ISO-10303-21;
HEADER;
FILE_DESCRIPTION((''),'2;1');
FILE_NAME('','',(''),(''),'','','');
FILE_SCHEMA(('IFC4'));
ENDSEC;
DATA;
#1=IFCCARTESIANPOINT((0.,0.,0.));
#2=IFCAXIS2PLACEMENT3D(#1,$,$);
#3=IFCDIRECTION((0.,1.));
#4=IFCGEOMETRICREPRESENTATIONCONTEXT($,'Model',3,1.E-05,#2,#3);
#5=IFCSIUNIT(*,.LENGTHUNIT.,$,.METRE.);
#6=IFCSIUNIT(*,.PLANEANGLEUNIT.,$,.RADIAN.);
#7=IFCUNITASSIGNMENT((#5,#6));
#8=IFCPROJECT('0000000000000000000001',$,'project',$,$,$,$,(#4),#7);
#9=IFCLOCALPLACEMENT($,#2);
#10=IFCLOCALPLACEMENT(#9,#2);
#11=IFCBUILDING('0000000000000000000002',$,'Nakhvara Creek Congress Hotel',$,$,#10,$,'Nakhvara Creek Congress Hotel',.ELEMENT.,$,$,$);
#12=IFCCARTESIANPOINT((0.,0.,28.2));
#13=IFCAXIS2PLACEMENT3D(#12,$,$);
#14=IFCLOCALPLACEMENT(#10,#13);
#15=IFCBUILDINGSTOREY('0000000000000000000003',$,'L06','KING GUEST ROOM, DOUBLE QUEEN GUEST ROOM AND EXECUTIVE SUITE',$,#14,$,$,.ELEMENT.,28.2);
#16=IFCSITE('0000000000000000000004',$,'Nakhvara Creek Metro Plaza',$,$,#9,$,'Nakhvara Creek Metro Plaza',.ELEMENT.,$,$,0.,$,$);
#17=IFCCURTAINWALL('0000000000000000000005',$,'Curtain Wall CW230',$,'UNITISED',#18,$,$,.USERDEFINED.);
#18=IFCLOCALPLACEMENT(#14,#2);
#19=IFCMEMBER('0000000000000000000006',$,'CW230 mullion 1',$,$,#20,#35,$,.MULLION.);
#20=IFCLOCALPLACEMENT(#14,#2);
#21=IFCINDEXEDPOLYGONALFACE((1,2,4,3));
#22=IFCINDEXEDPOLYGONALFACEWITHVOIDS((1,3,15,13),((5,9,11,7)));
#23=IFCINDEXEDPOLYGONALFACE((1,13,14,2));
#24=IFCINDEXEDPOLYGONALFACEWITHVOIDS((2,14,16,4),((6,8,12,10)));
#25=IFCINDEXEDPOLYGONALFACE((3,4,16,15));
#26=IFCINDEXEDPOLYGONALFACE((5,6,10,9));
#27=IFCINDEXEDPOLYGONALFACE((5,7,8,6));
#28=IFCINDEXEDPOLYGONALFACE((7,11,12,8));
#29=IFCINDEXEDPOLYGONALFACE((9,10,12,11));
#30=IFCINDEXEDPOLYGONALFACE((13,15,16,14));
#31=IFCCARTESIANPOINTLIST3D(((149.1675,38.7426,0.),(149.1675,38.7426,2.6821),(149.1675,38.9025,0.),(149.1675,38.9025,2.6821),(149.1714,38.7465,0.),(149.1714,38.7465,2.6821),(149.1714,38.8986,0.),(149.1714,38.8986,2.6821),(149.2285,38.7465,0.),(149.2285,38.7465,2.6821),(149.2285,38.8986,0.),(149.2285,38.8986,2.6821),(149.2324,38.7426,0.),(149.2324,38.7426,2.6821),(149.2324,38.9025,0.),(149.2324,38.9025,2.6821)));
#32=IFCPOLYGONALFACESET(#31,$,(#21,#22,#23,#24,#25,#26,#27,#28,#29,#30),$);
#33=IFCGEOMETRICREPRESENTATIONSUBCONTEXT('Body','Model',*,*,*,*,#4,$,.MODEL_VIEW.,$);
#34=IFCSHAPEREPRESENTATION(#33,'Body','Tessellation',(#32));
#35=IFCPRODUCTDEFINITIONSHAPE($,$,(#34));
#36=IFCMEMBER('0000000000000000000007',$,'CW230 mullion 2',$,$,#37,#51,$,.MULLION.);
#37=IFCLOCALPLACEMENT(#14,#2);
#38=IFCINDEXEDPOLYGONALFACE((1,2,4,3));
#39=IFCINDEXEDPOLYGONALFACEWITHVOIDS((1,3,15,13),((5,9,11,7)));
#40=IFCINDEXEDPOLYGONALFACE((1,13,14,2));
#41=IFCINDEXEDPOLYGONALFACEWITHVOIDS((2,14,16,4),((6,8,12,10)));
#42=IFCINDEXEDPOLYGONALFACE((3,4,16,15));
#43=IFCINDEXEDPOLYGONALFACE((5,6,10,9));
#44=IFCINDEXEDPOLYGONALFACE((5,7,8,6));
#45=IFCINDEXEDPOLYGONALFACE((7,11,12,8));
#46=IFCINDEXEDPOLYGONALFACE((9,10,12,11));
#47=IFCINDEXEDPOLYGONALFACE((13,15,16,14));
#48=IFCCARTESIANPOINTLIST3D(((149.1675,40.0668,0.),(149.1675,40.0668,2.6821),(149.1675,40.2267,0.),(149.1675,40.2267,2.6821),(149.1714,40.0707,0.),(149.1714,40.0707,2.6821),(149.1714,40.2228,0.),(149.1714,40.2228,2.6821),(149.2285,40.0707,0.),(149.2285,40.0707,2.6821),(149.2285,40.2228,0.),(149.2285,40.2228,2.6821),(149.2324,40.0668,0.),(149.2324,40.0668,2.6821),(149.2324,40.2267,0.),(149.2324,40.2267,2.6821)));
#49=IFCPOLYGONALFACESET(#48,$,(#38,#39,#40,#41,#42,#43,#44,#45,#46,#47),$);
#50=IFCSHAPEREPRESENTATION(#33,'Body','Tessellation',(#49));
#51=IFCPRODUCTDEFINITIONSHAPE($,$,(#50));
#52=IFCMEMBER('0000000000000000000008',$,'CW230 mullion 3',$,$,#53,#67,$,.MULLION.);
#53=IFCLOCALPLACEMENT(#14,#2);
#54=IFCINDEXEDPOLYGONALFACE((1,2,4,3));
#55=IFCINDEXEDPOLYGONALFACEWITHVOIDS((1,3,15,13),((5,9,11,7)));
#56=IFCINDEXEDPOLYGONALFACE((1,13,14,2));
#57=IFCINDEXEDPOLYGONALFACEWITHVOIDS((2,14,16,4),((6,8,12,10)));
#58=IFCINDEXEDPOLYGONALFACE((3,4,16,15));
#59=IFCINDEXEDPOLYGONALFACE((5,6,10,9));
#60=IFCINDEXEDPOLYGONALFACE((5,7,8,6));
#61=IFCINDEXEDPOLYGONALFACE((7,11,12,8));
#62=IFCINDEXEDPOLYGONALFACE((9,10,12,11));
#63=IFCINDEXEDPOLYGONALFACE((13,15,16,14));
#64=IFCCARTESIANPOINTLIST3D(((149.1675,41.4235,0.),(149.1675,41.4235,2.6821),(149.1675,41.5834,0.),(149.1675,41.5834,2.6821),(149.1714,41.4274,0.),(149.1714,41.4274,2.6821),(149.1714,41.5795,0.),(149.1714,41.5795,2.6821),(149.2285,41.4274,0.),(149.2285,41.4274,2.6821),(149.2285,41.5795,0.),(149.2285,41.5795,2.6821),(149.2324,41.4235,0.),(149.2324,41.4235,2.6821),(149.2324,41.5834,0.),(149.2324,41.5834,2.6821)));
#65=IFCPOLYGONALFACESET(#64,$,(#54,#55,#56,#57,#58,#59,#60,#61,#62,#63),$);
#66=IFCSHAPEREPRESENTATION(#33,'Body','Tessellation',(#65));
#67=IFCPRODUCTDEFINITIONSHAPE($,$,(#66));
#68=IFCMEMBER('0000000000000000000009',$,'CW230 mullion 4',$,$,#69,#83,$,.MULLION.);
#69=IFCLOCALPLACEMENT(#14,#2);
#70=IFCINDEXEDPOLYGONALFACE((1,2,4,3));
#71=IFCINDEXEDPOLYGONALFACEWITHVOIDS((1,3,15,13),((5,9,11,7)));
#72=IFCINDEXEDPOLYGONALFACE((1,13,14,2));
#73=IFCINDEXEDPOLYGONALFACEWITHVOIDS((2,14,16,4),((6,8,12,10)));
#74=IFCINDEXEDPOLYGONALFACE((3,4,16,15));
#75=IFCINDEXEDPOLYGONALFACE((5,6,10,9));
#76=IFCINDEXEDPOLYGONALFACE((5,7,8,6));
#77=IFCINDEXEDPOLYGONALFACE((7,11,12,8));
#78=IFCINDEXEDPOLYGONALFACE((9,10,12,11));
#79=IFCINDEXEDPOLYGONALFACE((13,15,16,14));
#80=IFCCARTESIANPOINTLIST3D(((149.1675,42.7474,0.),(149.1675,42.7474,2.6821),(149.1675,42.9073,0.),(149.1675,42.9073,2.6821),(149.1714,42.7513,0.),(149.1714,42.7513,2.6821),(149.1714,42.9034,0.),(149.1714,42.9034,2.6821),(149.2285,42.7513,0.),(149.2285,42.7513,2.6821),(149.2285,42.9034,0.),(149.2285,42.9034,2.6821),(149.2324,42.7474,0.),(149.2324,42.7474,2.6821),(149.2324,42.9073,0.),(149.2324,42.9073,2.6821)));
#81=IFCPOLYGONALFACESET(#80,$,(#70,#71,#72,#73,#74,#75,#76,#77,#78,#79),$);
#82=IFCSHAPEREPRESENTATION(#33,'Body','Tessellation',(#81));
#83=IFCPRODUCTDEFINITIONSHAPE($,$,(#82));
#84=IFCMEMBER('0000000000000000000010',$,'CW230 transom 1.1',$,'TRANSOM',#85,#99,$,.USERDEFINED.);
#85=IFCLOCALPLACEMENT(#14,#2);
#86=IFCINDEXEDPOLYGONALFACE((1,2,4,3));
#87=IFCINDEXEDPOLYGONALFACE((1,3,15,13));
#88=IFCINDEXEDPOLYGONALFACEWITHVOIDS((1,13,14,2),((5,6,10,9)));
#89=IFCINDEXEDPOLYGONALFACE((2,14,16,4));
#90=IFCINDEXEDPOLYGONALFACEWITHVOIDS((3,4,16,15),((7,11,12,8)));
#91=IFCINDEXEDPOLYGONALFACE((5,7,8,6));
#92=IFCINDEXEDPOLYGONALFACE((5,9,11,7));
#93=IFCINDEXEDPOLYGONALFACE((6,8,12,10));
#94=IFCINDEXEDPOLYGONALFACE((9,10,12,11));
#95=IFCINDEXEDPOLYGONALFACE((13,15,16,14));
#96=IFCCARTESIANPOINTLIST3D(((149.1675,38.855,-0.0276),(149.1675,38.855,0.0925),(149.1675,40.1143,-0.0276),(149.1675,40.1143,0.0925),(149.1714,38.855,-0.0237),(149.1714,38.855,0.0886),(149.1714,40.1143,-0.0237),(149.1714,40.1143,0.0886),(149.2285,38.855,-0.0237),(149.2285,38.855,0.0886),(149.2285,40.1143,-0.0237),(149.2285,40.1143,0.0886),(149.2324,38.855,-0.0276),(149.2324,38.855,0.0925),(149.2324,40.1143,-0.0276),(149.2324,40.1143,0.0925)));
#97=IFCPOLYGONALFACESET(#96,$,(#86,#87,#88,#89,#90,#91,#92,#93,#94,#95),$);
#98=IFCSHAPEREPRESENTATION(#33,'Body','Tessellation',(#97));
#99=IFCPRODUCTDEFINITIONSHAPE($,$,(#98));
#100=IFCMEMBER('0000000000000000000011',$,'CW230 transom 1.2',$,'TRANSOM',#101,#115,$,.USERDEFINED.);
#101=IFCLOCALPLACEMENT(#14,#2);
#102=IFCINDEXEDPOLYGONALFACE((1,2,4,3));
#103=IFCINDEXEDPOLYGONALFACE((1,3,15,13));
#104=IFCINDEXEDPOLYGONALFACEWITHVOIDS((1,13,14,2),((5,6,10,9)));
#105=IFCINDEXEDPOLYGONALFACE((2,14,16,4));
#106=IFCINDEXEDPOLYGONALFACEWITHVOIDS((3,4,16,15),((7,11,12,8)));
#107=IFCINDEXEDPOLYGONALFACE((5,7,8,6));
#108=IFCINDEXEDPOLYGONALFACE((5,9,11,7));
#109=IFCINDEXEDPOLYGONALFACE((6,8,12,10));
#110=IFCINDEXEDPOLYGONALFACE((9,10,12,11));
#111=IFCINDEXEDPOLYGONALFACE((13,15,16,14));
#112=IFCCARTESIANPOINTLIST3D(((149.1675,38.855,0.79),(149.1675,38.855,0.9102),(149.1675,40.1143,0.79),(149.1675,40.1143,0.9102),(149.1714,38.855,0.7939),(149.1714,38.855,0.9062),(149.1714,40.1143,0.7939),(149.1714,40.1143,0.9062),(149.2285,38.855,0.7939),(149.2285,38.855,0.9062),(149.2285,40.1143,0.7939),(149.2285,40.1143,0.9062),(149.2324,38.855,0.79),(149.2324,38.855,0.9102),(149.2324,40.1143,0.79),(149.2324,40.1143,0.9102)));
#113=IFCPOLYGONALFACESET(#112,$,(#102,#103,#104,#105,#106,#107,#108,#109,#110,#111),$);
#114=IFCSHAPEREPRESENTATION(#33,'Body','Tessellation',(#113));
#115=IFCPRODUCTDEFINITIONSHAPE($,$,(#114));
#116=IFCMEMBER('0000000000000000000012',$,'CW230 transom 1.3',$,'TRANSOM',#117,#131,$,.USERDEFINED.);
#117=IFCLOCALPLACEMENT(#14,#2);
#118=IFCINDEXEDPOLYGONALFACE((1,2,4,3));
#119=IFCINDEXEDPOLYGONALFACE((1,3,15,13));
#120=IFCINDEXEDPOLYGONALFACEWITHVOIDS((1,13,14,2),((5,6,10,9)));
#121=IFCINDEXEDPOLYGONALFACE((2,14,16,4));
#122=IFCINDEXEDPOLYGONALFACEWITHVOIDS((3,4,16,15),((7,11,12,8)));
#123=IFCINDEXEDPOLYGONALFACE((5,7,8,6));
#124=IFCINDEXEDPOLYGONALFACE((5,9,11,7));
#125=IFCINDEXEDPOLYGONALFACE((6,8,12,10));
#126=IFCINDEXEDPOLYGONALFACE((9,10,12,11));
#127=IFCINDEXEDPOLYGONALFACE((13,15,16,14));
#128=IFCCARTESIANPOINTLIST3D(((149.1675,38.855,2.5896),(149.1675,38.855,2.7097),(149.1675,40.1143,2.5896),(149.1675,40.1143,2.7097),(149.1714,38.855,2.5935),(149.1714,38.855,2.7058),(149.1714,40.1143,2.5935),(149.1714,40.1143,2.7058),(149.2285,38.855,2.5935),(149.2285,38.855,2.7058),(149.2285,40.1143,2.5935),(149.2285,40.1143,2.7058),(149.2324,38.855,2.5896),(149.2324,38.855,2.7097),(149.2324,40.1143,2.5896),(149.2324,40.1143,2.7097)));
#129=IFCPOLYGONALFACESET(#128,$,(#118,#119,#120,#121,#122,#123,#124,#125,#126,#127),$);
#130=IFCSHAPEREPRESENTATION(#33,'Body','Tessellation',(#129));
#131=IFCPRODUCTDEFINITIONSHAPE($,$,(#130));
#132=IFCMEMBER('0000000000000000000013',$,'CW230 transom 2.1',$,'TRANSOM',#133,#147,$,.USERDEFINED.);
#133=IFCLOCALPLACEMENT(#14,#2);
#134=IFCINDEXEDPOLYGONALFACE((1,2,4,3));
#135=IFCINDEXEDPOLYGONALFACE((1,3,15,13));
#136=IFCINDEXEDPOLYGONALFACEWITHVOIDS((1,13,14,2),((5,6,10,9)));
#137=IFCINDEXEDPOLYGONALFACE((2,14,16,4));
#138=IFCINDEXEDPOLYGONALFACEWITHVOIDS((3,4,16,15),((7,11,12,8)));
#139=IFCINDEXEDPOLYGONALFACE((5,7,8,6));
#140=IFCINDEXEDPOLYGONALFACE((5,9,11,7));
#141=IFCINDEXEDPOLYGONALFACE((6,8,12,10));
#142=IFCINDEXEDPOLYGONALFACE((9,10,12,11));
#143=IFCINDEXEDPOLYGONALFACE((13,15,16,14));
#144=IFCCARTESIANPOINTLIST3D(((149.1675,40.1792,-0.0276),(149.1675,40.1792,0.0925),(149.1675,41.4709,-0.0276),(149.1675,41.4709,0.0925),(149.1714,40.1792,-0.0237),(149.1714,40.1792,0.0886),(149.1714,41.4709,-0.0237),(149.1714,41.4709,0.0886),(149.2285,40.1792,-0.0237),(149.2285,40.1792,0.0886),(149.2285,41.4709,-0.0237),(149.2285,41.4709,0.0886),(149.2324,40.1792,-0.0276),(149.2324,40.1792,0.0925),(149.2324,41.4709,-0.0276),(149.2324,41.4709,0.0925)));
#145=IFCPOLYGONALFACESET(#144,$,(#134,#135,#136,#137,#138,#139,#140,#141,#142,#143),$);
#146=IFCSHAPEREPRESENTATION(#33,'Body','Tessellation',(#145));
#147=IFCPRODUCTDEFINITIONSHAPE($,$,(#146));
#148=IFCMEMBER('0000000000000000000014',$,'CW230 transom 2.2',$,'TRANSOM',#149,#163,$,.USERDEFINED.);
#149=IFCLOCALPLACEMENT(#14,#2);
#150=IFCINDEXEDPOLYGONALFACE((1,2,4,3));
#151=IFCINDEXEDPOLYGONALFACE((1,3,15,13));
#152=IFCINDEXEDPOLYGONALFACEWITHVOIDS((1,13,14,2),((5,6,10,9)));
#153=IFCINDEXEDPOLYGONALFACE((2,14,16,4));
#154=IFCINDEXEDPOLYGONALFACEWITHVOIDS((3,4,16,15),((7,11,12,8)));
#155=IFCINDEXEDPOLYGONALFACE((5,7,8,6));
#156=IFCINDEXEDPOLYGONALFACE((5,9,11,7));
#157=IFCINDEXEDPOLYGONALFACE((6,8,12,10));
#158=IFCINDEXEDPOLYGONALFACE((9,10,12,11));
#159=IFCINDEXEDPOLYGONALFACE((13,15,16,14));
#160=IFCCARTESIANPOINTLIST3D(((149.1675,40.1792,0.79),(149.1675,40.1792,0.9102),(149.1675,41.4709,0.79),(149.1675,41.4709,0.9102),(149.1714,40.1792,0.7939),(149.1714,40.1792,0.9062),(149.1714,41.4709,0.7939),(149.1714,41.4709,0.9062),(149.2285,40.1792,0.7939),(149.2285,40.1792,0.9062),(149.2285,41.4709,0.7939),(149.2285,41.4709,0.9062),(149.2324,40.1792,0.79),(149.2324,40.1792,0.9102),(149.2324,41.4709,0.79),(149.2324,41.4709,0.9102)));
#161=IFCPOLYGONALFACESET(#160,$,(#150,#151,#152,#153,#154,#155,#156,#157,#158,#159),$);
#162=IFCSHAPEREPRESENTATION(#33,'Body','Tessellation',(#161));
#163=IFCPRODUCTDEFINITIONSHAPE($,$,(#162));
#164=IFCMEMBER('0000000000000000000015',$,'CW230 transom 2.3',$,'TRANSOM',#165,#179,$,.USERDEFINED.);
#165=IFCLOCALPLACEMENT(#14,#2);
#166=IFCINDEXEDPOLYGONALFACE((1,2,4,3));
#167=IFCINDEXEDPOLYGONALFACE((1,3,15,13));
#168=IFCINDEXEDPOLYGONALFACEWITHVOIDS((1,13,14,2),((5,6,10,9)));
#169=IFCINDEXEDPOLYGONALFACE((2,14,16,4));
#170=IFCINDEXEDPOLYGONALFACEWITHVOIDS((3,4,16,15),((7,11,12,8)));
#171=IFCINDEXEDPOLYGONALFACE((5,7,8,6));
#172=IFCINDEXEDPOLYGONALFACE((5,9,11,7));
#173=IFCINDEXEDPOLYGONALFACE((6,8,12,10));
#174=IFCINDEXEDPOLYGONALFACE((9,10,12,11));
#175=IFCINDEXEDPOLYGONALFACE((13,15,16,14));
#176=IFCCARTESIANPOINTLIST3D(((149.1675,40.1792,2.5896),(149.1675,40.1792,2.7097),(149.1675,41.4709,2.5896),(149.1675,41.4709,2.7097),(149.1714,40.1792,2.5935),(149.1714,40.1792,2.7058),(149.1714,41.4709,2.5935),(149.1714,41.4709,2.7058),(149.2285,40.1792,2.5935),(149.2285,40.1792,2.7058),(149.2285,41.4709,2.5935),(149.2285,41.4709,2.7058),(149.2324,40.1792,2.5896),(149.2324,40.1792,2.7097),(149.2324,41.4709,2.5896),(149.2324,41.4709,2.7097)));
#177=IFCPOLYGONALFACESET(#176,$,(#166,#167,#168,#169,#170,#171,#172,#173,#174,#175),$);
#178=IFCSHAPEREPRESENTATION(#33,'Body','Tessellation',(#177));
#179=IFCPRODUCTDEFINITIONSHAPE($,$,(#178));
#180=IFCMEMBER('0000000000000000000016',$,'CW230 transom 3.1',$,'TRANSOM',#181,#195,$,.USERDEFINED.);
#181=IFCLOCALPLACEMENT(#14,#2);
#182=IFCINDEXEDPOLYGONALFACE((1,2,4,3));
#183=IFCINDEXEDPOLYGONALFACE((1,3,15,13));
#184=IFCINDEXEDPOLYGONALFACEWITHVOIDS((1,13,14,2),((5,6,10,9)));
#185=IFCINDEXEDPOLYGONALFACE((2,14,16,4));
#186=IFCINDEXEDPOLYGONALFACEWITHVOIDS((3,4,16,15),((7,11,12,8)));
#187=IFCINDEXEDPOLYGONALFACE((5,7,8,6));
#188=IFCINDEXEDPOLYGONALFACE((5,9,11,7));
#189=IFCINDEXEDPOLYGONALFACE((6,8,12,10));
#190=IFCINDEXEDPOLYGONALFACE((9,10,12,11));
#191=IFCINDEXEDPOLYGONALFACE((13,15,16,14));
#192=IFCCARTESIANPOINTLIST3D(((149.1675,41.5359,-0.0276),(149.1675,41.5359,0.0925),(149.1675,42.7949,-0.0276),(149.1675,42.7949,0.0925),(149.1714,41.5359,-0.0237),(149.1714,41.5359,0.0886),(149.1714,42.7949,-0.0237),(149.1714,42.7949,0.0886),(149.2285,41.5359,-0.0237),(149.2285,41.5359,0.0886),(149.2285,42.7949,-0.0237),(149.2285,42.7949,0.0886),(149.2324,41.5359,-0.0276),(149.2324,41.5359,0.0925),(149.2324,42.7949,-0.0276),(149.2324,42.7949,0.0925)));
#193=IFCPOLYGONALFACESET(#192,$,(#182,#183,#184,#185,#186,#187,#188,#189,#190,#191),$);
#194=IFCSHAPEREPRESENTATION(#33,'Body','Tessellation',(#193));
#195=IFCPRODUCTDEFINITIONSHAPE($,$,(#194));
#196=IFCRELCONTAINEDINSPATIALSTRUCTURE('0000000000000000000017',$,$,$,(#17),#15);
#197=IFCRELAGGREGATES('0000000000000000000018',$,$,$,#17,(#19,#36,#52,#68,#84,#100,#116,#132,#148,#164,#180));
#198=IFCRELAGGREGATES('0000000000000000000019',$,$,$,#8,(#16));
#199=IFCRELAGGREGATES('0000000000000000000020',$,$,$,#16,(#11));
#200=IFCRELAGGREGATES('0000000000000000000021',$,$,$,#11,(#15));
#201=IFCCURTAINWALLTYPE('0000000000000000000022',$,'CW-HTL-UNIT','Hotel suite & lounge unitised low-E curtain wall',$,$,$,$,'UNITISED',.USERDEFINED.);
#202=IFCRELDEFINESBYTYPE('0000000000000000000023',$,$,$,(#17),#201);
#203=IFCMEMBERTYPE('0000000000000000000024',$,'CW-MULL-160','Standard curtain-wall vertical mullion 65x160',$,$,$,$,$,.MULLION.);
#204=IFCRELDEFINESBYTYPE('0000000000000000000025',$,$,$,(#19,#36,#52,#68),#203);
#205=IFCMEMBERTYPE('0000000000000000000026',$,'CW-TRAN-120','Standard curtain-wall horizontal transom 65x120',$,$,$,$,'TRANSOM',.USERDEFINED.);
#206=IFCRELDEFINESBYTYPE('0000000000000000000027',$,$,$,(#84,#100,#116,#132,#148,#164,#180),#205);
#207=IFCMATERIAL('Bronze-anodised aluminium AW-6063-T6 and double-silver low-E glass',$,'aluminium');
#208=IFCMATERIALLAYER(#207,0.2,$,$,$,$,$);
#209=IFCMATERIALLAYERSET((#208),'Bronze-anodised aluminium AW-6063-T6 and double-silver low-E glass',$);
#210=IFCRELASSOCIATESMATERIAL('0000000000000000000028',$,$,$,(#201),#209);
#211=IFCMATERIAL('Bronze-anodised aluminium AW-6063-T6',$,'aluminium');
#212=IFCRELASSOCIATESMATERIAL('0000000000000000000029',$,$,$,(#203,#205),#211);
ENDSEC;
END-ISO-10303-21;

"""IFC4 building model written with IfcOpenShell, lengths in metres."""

from ifc_helpers import new_model, si_unit, direction, frame, origin, origin_2d, place, context, subcontext, project, spatial, hollow_rectangle, extrude, material, layer, layer_set, material_profile, profile_set, type_object, element, aggregate, save


model = new_model("IFC4")

# Units and contexts
model_context = context("Model", 3, precision=1e-05, world=origin(), true_north=direction((0.0, 1.0)))
body_context = subcontext(model_context, "Body", "Model", "MODEL_VIEW")
ifc_project = project(units=[si_unit("LENGTHUNIT", "METRE"), si_unit("PLANEANGLEUNIT", "RADIAN")], contexts=[model_context])

# Site, building, storey
site_placement = place(None, origin())
site = spatial("IfcSite", under=ifc_project, at=site_placement, Name="Nakhvara Creek Metro Plaza", LongName="Nakhvara Creek Metro Plaza", CompositionType="ELEMENT", RefElevation=0.0)
building_placement = place(site_placement, origin())
building = spatial("IfcBuilding", under=site, at=building_placement, Name="Nakhvara Creek Congress Hotel", LongName="Nakhvara Creek Congress Hotel", CompositionType="ELEMENT")
storey_placement = place(building_placement, frame((0.0, 0.0, 28.2)))
storey = spatial("IfcBuildingStorey", under=building, at=storey_placement, Name="L06", Description="KING GUEST ROOM, DOUBLE QUEEN GUEST ROOM AND EXECUTIVE SUITE", CompositionType="ELEMENT", Elevation=28.2)

# Curtain wall, members
ifc_material_1 = material(Name="Bronze-anodised aluminium AW-6063-T6 and double-silver low-E glass", Category="aluminium")
ifc_layer = layer(ifc_material_1, 0.2)
ifc_layer_set = layer_set([ifc_layer], Name="Bronze-anodised aluminium AW-6063-T6 and double-silver low-E glass")
curtain_wall_type = type_object("IfcCurtainWallType", Name="CW-HTL-UNIT", Description="Hotel suite & lounge unitised low-E curtain wall", ElementType="UNITISED", PredefinedType="USERDEFINED", material=ifc_layer_set)
curtain_wall_placement = place(storey_placement, origin())
curtain_wall = element("IfcCurtainWall", 1, at=curtain_wall_placement, inside=storey, type_object=curtain_wall_type, Name="Curtain Wall CW230", ObjectType="UNITISED", PredefinedType="USERDEFINED")
ifc_material_2 = material(Name="Bronze-anodised aluminium AW-6063-T6", Category="aluminium")
ifc_material_profile_1 = material_profile(ifc_material_2, hollow_rectangle(XDim=0.0649, YDim=0.1599, WallThickness=0.0039, at=origin_2d()), Name="ALU-MULL 65x160x4", Category="LoadBearing")
ifc_profile_set_1 = profile_set([ifc_material_profile_1], Name="Bronze-anodised aluminium AW-6063-T6")
member_type_1 = type_object("IfcMemberType", Name="CW-MULL-160", Description="Standard curtain-wall vertical mullion 65x160", PredefinedType="MULLION", material=ifc_profile_set_1)
member_1_placement = place(storey_placement, frame((149.2, 38.8225, 0.0), z_axis=(0.0, 0.0, 1.0), x_axis=(-1.0, 0.0, 0.0)))
member_1 = element("IfcMember", 2, at=member_1_placement, type_object=member_type_1, Name="CW230 mullion 1", PredefinedType="MULLION", context=body_context, shape_type="SweptSolid", body=[
    extrude(hollow_rectangle(XDim=0.0649, YDim=0.1599, WallThickness=0.0039, at=origin_2d()), origin(), (0.0, 0.0, 1.0), 2.6821),
])
member_2_placement = place(storey_placement, frame((149.2, 40.1467, 0.0), z_axis=(0.0, 0.0, 1.0), x_axis=(-1.0, 0.0, 0.0)))
member_2 = element("IfcMember", 3, at=member_2_placement, type_object=member_type_1, Name="CW230 mullion 2", PredefinedType="MULLION", context=body_context, shape_type="SweptSolid", body=[
    extrude(hollow_rectangle(XDim=0.0649, YDim=0.1599, WallThickness=0.0039, at=origin_2d()), origin(), (0.0, 0.0, 1.0), 2.6821),
])
member_3_placement = place(storey_placement, frame((149.2, 41.5034, 0.0), z_axis=(0.0, 0.0, 1.0), x_axis=(-1.0, 0.0, 0.0)))
member_3 = element("IfcMember", 4, at=member_3_placement, type_object=member_type_1, Name="CW230 mullion 3", PredefinedType="MULLION", context=body_context, shape_type="SweptSolid", body=[
    extrude(hollow_rectangle(XDim=0.0649, YDim=0.1599, WallThickness=0.0039, at=origin_2d()), origin(), (0.0, 0.0, 1.0), 2.6821),
])
member_4_placement = place(storey_placement, frame((149.2, 42.8274, 0.0), z_axis=(0.0, 0.0, 1.0), x_axis=(-1.0, 0.0, 0.0)))
member_4 = element("IfcMember", 5, at=member_4_placement, type_object=member_type_1, Name="CW230 mullion 4", PredefinedType="MULLION", context=body_context, shape_type="SweptSolid", body=[
    extrude(hollow_rectangle(XDim=0.0649, YDim=0.1599, WallThickness=0.0039, at=origin_2d()), origin(), (0.0, 0.0, 1.0), 2.6821),
])
ifc_material_profile_2 = material_profile(ifc_material_2, hollow_rectangle(XDim=0.0649, YDim=0.1201, WallThickness=0.0039, at=origin_2d()), Name="ALU-TRAN 65x120x4", Category="LoadBearing")
ifc_profile_set_2 = profile_set([ifc_material_profile_2], Name="Bronze-anodised aluminium AW-6063-T6")
member_type_2 = type_object("IfcMemberType", Name="CW-TRAN-120", Description="Standard curtain-wall horizontal transom 65x120", ElementType="TRANSOM", PredefinedType="USERDEFINED", material=ifc_profile_set_2)
member_5_placement = place(storey_placement, frame((149.2, 38.855, 0.0325), z_axis=(0.0, 1.0, 0.0), x_axis=(-1.0, 0.0, 0.0)))
member_5 = element("IfcMember", 6, at=member_5_placement, type_object=member_type_2, Name="CW230 transom 1.1", ObjectType="TRANSOM", PredefinedType="USERDEFINED", context=body_context, shape_type="SweptSolid", body=[
    extrude(hollow_rectangle(XDim=0.0649, YDim=0.1201, WallThickness=0.0039, at=origin_2d()), origin(), (0.0, 0.0, 1.0), 1.2593),
])
member_6_placement = place(storey_placement, frame((149.2, 38.855, 0.8501), z_axis=(0.0, 1.0, 0.0), x_axis=(-1.0, 0.0, 0.0)))
member_6 = element("IfcMember", 7, at=member_6_placement, type_object=member_type_2, Name="CW230 transom 1.2", ObjectType="TRANSOM", PredefinedType="USERDEFINED", context=body_context, shape_type="SweptSolid", body=[
    extrude(hollow_rectangle(XDim=0.0649, YDim=0.1201, WallThickness=0.0039, at=origin_2d()), origin(), (0.0, 0.0, 1.0), 1.2593),
])
member_7_placement = place(storey_placement, frame((149.2, 38.855, 2.6497), z_axis=(0.0, 1.0, 0.0), x_axis=(-1.0, 0.0, 0.0)))
member_7 = element("IfcMember", 8, at=member_7_placement, type_object=member_type_2, Name="CW230 transom 1.3", ObjectType="TRANSOM", PredefinedType="USERDEFINED", context=body_context, shape_type="SweptSolid", body=[
    extrude(hollow_rectangle(XDim=0.0649, YDim=0.1201, WallThickness=0.0039, at=origin_2d()), origin(), (0.0, 0.0, 1.0), 1.2593),
])
member_8_placement = place(storey_placement, frame((149.2, 40.1792, 0.0325), z_axis=(0.0, 1.0, 0.0), x_axis=(-1.0, 0.0, 0.0)))
member_8 = element("IfcMember", 9, at=member_8_placement, type_object=member_type_2, Name="CW230 transom 2.1", ObjectType="TRANSOM", PredefinedType="USERDEFINED", context=body_context, shape_type="SweptSolid", body=[
    extrude(hollow_rectangle(XDim=0.0649, YDim=0.1201, WallThickness=0.0039, at=origin_2d()), origin(), (0.0, 0.0, 1.0), 1.2917),
])
member_9_placement = place(storey_placement, frame((149.2, 40.1792, 0.8501), z_axis=(0.0, 1.0, 0.0), x_axis=(-1.0, 0.0, 0.0)))
member_9 = element("IfcMember", 10, at=member_9_placement, type_object=member_type_2, Name="CW230 transom 2.2", ObjectType="TRANSOM", PredefinedType="USERDEFINED", context=body_context, shape_type="SweptSolid", body=[
    extrude(hollow_rectangle(XDim=0.0649, YDim=0.1201, WallThickness=0.0039, at=origin_2d()), origin(), (0.0, 0.0, 1.0), 1.2917),
])
member_10_placement = place(storey_placement, frame((149.2, 40.1792, 2.6497), z_axis=(0.0, 1.0, 0.0), x_axis=(-1.0, 0.0, 0.0)))
member_10 = element("IfcMember", 11, at=member_10_placement, type_object=member_type_2, Name="CW230 transom 2.3", ObjectType="TRANSOM", PredefinedType="USERDEFINED", context=body_context, shape_type="SweptSolid", body=[
    extrude(hollow_rectangle(XDim=0.0649, YDim=0.1201, WallThickness=0.0039, at=origin_2d()), origin(), (0.0, 0.0, 1.0), 1.2917),
])
member_11_placement = place(storey_placement, frame((149.2, 41.5359, 0.0325), z_axis=(0.0, 1.0, 0.0), x_axis=(-1.0, 0.0, 0.0)))
member_11 = element("IfcMember", 12, at=member_11_placement, type_object=member_type_2, Name="CW230 transom 3.1", ObjectType="TRANSOM", PredefinedType="USERDEFINED", context=body_context, shape_type="SweptSolid", body=[
    extrude(hollow_rectangle(XDim=0.0649, YDim=0.1201, WallThickness=0.0039, at=origin_2d()), origin(), (0.0, 0.0, 1.0), 1.259),
])
aggregate(curtain_wall, [member_1, member_2, member_3, member_4, member_5, member_6, member_7, member_8, member_9, member_10, member_11])

save(model, "model.ifc")
